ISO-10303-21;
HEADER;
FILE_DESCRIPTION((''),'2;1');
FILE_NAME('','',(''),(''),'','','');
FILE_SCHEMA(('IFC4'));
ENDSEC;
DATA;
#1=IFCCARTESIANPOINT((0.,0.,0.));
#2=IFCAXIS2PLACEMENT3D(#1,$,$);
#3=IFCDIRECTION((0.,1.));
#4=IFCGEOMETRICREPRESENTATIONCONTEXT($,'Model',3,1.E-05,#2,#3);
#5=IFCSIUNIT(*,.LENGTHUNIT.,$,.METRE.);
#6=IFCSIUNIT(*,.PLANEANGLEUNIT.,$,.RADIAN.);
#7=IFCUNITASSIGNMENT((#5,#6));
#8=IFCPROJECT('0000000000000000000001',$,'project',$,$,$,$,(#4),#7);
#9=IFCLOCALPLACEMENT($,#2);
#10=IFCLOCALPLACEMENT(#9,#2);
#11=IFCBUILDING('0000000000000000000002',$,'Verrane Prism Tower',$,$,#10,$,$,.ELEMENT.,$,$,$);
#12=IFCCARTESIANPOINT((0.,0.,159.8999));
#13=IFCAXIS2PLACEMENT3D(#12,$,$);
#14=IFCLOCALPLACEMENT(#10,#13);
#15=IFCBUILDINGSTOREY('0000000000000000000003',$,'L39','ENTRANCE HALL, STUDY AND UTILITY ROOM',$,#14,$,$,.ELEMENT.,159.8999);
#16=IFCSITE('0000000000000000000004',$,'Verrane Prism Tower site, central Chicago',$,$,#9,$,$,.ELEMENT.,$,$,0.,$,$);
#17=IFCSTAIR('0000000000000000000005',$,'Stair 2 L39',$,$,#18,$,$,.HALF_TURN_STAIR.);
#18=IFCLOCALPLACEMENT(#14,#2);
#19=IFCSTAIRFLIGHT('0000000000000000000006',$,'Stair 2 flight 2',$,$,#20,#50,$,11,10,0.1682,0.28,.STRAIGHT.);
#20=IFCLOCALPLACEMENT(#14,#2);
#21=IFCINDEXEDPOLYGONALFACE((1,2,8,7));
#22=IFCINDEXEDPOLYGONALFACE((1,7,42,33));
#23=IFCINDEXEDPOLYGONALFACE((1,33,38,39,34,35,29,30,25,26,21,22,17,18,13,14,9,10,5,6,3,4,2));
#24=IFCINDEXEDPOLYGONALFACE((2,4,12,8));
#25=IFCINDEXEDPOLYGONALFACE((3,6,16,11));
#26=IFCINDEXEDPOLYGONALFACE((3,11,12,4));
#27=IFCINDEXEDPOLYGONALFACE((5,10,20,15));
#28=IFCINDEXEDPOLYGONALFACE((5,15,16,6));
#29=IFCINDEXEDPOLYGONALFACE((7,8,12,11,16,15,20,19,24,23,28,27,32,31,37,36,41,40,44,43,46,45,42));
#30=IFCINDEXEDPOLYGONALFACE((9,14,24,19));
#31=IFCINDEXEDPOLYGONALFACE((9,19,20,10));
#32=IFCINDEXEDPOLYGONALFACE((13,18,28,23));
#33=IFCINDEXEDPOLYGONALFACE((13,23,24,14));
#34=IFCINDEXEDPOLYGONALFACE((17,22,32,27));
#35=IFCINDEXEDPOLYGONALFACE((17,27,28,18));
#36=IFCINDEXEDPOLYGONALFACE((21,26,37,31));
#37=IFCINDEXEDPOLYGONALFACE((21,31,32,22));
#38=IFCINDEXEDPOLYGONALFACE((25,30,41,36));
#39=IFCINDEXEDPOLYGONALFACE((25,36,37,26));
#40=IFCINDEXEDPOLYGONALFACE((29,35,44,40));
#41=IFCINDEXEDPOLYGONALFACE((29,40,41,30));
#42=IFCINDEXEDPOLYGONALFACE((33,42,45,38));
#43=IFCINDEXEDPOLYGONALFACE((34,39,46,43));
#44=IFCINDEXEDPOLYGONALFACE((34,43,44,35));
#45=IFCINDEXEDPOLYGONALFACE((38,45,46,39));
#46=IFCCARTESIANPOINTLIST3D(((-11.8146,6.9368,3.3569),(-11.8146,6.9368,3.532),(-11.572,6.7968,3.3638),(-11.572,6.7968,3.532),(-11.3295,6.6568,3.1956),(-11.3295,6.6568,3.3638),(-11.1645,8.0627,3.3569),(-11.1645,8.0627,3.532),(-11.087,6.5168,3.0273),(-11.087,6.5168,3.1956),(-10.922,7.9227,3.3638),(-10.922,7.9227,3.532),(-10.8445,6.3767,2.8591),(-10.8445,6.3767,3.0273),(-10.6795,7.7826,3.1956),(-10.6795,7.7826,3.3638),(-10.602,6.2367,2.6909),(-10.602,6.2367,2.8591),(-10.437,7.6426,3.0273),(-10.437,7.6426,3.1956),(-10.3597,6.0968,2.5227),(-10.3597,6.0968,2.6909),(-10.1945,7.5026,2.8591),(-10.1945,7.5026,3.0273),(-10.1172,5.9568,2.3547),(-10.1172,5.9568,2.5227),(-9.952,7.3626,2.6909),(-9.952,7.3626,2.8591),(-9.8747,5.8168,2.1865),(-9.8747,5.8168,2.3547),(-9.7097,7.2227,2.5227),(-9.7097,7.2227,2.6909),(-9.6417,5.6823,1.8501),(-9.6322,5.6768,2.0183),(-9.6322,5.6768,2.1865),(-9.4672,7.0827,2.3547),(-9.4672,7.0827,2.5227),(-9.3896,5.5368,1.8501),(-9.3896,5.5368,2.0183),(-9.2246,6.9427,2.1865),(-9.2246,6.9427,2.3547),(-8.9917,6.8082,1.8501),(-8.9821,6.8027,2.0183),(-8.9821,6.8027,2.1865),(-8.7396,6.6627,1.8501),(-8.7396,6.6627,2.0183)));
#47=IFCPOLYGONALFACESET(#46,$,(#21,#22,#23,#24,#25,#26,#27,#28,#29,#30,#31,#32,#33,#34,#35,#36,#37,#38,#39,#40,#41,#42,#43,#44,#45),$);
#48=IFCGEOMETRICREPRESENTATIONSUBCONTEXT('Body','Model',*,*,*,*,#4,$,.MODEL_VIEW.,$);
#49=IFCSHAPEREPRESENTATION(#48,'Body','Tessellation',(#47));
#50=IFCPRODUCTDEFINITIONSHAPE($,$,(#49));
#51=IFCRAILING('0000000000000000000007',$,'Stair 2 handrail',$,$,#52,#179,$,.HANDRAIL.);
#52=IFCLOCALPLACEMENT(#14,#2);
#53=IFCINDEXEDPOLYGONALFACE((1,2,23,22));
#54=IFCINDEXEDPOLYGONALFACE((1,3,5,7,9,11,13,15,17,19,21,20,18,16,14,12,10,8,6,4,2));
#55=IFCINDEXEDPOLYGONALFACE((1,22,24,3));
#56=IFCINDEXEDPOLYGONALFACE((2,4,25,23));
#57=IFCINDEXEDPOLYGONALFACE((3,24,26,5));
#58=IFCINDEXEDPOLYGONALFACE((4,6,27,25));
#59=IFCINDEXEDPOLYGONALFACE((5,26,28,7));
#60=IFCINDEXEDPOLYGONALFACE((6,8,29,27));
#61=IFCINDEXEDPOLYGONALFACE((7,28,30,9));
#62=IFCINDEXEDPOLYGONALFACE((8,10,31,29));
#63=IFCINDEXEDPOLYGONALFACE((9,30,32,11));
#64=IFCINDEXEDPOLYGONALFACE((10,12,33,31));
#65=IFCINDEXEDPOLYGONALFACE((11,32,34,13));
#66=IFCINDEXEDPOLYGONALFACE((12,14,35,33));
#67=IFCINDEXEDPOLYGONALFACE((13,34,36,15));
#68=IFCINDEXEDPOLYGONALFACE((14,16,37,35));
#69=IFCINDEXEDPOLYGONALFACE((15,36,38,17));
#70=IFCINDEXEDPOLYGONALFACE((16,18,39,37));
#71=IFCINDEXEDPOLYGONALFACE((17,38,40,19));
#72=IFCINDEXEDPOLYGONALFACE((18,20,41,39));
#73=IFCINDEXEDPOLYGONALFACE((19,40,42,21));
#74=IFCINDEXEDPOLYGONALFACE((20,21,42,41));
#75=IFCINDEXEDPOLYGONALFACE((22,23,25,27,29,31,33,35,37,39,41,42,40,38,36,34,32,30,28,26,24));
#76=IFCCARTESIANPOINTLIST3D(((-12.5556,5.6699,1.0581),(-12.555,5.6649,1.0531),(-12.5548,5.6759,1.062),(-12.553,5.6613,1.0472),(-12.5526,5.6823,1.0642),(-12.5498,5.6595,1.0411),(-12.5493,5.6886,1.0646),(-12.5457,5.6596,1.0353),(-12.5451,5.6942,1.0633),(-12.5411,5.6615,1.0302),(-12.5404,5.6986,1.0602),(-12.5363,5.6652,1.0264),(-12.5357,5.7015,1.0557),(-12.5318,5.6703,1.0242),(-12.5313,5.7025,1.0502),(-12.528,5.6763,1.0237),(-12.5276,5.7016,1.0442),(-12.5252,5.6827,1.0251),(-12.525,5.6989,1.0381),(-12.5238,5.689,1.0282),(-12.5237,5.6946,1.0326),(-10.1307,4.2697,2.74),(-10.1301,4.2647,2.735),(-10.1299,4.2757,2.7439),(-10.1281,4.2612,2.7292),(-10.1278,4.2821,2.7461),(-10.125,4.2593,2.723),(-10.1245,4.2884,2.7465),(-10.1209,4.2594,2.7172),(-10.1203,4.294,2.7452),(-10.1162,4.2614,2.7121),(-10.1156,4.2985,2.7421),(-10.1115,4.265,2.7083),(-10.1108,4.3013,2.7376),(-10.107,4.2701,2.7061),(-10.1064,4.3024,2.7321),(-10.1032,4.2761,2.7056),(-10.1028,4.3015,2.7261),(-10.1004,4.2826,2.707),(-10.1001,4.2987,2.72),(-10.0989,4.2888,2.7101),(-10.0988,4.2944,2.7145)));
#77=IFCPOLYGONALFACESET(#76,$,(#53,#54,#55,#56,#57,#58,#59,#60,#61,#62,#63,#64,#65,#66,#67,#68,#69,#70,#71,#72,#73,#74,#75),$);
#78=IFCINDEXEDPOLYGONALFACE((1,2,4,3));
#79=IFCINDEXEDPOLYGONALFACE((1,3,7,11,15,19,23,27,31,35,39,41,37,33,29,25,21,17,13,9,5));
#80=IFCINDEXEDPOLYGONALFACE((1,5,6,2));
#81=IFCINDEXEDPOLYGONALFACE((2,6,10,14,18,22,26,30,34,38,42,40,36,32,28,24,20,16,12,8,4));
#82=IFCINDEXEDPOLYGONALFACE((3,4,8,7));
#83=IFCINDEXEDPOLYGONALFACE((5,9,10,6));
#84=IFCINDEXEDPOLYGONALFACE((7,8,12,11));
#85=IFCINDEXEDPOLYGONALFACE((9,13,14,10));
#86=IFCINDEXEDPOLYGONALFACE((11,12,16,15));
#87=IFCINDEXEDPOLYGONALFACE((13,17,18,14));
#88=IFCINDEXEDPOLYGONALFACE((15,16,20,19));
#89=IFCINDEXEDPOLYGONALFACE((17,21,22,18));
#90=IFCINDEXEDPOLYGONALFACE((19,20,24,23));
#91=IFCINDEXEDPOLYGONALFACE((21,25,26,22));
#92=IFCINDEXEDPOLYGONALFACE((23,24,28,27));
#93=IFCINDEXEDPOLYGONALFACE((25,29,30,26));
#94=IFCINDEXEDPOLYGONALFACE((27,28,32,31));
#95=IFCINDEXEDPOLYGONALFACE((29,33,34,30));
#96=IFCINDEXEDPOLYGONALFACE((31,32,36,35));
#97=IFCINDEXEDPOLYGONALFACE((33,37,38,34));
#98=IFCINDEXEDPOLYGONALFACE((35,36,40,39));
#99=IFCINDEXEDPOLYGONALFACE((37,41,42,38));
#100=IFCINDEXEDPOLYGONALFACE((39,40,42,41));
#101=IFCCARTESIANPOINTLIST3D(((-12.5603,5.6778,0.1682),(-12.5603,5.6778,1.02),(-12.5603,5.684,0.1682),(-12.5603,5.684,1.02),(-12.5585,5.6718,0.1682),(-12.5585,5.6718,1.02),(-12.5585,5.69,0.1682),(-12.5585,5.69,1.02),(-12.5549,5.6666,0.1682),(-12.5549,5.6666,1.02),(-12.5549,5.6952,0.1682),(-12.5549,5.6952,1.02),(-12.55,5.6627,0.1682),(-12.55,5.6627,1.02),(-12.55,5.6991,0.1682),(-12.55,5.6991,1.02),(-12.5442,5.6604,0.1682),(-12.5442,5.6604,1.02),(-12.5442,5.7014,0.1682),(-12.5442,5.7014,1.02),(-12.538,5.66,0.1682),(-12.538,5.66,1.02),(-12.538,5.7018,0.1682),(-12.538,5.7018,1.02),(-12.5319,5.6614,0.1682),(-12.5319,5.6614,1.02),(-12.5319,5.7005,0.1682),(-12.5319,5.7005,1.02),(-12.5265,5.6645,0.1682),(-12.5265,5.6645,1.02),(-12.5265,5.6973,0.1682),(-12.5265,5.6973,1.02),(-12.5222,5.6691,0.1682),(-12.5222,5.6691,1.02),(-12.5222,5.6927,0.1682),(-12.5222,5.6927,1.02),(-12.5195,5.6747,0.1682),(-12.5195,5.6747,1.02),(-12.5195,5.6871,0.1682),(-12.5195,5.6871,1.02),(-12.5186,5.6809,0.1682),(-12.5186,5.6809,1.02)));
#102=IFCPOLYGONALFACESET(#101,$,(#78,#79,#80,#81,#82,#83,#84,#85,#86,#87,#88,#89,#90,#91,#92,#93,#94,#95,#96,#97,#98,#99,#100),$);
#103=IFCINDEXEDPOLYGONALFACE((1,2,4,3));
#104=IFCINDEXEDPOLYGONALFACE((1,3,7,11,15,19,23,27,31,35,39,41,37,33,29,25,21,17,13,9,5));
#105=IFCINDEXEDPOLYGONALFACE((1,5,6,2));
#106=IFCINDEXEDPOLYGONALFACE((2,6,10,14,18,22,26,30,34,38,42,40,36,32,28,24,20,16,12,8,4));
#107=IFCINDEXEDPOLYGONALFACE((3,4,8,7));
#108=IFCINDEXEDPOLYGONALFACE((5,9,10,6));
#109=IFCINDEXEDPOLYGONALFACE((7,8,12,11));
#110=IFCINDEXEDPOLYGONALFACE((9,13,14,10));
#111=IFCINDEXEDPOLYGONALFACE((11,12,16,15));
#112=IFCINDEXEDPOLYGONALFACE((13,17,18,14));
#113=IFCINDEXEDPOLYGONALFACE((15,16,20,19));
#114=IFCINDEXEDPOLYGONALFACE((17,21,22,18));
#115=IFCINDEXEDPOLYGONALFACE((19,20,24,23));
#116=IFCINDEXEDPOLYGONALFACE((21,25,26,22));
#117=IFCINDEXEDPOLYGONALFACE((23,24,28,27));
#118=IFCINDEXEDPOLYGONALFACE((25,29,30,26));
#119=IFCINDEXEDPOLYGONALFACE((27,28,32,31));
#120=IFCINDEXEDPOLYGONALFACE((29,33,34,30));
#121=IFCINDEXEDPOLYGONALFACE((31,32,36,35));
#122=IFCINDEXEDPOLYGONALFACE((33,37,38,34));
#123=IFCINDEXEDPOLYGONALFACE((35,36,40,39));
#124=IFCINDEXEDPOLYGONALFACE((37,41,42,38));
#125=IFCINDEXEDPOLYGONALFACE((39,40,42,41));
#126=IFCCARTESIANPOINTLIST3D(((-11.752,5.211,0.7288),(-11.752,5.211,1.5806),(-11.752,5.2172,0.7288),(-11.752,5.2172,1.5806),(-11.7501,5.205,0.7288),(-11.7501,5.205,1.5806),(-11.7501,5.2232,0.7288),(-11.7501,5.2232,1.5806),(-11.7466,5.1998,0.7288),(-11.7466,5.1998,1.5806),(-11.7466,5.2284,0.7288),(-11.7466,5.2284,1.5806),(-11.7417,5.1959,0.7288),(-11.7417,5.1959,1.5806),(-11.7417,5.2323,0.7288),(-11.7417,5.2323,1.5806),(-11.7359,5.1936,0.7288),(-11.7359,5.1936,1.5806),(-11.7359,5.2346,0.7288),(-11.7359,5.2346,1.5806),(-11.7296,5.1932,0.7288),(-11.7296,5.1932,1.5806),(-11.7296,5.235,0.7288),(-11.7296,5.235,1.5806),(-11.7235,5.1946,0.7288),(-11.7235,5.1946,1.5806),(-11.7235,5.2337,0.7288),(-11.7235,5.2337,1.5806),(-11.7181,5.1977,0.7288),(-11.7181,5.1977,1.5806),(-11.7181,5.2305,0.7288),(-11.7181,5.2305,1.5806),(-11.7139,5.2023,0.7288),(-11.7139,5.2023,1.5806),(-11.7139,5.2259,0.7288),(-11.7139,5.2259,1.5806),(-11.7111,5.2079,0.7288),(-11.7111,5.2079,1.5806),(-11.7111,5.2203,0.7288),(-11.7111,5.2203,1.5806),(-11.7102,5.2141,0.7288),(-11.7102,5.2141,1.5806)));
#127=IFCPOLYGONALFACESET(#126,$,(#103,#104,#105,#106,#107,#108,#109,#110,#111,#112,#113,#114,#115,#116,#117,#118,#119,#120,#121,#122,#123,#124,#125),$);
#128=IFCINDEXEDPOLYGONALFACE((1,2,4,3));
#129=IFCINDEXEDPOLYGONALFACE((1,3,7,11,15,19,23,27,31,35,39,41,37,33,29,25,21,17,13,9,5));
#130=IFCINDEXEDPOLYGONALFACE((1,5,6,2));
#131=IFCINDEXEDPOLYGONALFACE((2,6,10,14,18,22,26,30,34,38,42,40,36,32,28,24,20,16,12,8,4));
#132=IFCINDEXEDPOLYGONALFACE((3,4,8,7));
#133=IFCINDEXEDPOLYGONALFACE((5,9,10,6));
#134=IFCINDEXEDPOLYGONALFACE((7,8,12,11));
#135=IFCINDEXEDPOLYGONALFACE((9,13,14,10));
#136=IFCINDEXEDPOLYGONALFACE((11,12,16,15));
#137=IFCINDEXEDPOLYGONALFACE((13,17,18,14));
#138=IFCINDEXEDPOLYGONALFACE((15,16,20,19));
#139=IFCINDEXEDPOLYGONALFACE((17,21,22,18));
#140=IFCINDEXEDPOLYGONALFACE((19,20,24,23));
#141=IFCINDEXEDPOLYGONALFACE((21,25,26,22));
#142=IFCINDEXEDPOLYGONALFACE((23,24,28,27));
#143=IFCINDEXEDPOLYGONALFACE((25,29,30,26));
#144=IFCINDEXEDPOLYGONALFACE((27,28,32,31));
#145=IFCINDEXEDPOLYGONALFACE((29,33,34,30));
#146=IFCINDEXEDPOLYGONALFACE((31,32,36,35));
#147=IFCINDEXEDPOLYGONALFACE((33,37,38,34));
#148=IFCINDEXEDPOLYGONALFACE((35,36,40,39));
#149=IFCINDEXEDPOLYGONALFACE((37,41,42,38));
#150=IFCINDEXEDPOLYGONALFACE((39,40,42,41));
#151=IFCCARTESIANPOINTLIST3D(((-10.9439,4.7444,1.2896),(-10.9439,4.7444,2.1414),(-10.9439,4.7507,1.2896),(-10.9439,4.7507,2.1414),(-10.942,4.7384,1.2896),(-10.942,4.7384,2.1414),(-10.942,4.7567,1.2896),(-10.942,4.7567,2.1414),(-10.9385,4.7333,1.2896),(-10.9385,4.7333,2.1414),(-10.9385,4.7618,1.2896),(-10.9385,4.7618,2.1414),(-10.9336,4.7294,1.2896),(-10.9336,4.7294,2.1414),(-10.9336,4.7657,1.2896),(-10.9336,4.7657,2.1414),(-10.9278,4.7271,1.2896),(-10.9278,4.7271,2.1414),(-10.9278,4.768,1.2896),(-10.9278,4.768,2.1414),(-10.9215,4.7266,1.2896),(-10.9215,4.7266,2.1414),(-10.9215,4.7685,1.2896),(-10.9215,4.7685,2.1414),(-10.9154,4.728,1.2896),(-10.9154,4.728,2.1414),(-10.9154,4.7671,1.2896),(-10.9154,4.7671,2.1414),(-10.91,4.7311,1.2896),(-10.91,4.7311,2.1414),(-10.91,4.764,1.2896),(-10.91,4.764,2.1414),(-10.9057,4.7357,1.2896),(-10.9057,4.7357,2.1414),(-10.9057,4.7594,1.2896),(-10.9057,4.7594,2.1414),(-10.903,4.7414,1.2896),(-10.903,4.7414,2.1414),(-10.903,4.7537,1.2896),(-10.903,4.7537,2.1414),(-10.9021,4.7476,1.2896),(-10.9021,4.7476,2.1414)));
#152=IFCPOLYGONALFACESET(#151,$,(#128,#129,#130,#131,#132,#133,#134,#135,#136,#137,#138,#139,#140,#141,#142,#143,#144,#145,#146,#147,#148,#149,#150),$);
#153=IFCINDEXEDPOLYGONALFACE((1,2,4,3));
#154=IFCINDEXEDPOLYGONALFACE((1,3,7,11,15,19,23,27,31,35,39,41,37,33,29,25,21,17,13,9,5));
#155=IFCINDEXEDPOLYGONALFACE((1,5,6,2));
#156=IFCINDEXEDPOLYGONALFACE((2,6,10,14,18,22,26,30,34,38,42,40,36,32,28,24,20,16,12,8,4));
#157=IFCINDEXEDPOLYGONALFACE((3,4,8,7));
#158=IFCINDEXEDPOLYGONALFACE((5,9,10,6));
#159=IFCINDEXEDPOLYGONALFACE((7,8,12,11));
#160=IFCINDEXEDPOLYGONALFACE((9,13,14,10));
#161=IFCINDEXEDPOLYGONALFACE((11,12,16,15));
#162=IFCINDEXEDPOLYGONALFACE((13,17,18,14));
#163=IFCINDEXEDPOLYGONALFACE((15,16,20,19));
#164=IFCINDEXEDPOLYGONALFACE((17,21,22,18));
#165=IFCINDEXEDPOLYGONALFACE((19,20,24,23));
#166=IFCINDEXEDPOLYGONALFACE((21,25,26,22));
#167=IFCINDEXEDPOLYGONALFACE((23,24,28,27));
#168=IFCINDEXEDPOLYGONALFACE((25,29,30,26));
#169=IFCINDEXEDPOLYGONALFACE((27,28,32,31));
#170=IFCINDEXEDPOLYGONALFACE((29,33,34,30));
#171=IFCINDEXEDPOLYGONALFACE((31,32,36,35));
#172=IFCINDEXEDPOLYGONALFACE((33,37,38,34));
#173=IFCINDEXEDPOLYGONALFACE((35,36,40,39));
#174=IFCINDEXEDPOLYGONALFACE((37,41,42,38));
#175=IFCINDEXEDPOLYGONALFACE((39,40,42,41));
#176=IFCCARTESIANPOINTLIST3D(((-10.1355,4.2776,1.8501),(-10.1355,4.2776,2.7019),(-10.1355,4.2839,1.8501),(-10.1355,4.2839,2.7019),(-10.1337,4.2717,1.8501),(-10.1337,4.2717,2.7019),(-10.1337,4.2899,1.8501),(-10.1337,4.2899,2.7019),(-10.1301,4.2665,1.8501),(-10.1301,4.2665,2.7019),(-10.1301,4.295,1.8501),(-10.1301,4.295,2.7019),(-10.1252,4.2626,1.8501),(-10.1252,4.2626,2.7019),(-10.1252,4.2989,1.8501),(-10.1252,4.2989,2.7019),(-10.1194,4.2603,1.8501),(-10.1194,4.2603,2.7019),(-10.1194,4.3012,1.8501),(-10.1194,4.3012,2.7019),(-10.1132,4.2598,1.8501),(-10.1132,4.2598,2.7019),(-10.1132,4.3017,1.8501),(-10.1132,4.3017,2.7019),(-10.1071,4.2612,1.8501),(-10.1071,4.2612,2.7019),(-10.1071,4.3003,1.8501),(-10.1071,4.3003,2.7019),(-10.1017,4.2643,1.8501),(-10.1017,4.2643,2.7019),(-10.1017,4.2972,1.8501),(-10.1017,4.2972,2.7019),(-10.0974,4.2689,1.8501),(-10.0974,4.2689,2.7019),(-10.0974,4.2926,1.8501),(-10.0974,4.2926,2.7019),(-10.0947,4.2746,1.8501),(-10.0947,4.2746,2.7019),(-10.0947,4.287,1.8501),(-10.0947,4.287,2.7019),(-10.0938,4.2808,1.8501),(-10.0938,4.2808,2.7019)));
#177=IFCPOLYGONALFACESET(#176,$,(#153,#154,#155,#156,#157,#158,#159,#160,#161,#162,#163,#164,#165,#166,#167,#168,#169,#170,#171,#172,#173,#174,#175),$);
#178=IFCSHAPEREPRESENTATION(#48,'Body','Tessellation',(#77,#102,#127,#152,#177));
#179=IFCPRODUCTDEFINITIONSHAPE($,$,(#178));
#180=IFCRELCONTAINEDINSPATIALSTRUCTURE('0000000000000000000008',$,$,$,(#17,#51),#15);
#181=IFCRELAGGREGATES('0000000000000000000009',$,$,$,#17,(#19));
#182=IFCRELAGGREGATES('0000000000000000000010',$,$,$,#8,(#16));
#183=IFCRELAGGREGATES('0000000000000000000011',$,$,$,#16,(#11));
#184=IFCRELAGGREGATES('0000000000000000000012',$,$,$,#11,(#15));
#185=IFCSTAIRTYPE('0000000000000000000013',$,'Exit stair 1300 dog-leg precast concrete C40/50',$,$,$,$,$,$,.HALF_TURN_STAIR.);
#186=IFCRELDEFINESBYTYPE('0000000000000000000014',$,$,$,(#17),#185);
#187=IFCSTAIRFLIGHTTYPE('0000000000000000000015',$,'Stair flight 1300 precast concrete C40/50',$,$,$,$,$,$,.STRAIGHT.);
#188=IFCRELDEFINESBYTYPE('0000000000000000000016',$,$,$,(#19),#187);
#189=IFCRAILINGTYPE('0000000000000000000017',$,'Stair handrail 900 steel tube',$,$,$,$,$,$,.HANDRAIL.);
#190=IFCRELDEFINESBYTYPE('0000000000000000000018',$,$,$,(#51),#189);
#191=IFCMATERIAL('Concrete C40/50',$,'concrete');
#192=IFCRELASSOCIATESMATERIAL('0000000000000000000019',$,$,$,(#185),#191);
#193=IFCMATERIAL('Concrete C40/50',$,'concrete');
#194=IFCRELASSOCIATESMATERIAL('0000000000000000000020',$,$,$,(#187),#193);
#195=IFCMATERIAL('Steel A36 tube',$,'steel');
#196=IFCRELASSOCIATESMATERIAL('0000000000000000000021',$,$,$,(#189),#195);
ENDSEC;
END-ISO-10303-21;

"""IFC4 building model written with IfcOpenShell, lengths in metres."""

from ifc_helpers import new_model, si_unit, direction, frame, origin, origin_2d, place, context, subcontext, project, spatial, polyline, circle, outline, extrude, material, type_object, element, aggregate, save


model = new_model("IFC4")

# Units and contexts
model_context = context("Model", 3, precision=1e-05, world=origin(), true_north=direction((0.0, 1.0)))
body_context = subcontext(model_context, "Body", "Model", "MODEL_VIEW")
ifc_project = project(units=[si_unit("LENGTHUNIT", "METRE"), si_unit("PLANEANGLEUNIT", "RADIAN")], contexts=[model_context])

# Site, building, storey
site_placement = place(None, origin())
site = spatial("IfcSite", under=ifc_project, at=site_placement, Name="Verrane Prism Tower site, central Chicago", CompositionType="ELEMENT", RefElevation=0.0)
building_placement = place(site_placement, origin())
building = spatial("IfcBuilding", under=site, at=building_placement, Name="Verrane Prism Tower", CompositionType="ELEMENT")
storey_placement = place(building_placement, frame((0.0, 0.0, 159.8999)))
storey = spatial("IfcBuildingStorey", under=building, at=storey_placement, Name="L39", Description="ENTRANCE HALL, STUDY AND UTILITY ROOM", CompositionType="ELEMENT", Elevation=159.8999)

# Stair, stair flight
ifc_material_1 = material(Name="Concrete C40/50", Category="concrete")
stair_type = type_object("IfcStairType", Name="Exit stair 1300 dog-leg precast concrete C40/50", PredefinedType="HALF_TURN_STAIR", material=ifc_material_1)
stair_placement = place(storey_placement, origin())
stair = element("IfcStair", 1, at=stair_placement, inside=storey, type_object=stair_type, Name="Stair 2 L39", PredefinedType="HALF_TURN_STAIR")
ifc_material_2 = material(Name="Concrete C40/50", Category="concrete")
stair_flight_type = type_object("IfcStairFlightType", Name="Stair flight 1300 precast concrete C40/50", PredefinedType="STRAIGHT", material=ifc_material_2)
stair_flight_1_placement = place(storey_placement, frame((-9.0647, 6.0996, 1.8501), z_axis=(0.0, 0.0, 1.0), x_axis=(-0.866025, 0.5, 0.0)))
stair_flight_1 = element("IfcStairFlight", 2, at=stair_flight_1_placement, type_object=stair_flight_type, Name="Stair 2 flight 2", NumberOfRisers=11, NumberOfTreads=10, PredefinedType="STRAIGHT", RiserHeight=0.1682, TreadLength=0.28, context=body_context, shape_type="SweptSolid", body=[
    extrude(outline(polyline([(0.0, 0.0), (0.0, 0.1682), (0.28, 0.1682), (0.28, 0.3364), (0.5601, 0.3364), (0.5601, 0.5046), (0.8401, 0.5046), (0.8401, 0.6726), (1.1201, 0.6726), (1.1201, 0.8408), (1.3999, 0.8408), (1.3999, 1.009), (1.6799, 1.009), (1.6799, 1.1772), (1.96, 1.1772), (1.96, 1.3455), (2.24, 1.3455), (2.24, 1.5137), (2.52, 1.5137), (2.52, 1.6819), (2.8, 1.6819), (2.8, 1.8501), (2.8, 1.5068), (0.291, 0.0), (0.0, 0.0)])), frame((0.0, 0.6499, 0.0), z_axis=(0.0, -1.0, 0.0), x_axis=(1.0, 0.0, 0.0)), (0.0, 0.0, 1.0), 1.3),
])
aggregate(stair, [stair_flight_1])

# Railing
ifc_material_3 = material(Name="Steel A36 tube", Category="steel")
railing_type_1 = type_object("IfcRailingType", Name="Stair handrail 900 steel tube", PredefinedType="HANDRAIL", material=ifc_material_3)
railing_1_placement = place(storey_placement, frame((-12.5396, 5.6809, 0.1682)))
element("IfcRailing", 3, at=railing_1_placement, inside=storey, type_object=railing_type_1, Name="Stair 2 handrail", PredefinedType="HANDRAIL", context=body_context, shape_type="SweptSolid", body=[
    extrude(circle(Radius=0.0239, at=origin_2d()), frame((0.0, 0.0, 0.876), z_axis=(0.742367, -0.428662, 0.514918), x_axis=(0.50005, 0.865997, 0.0)), (0.0, 0.0, 1.0), 3.2664),
    extrude(circle(Radius=0.021, at=origin_2d()), origin(), (0.0, 0.0, 1.0), 0.8518),
    extrude(circle(Radius=0.021, at=origin_2d()), frame((0.8083, -0.4668, 0.5605)), (0.0, 0.0, 1.0), 0.8518),
    extrude(circle(Radius=0.021, at=origin_2d()), frame((1.6165, -0.9333, 1.1213)), (0.0, 0.0, 1.0), 0.8518),
    extrude(circle(Radius=0.021, at=origin_2d()), frame((2.4248, -1.4001, 1.6819)), (0.0, 0.0, 1.0), 0.8518),
])

save(model, "model.ifc")
